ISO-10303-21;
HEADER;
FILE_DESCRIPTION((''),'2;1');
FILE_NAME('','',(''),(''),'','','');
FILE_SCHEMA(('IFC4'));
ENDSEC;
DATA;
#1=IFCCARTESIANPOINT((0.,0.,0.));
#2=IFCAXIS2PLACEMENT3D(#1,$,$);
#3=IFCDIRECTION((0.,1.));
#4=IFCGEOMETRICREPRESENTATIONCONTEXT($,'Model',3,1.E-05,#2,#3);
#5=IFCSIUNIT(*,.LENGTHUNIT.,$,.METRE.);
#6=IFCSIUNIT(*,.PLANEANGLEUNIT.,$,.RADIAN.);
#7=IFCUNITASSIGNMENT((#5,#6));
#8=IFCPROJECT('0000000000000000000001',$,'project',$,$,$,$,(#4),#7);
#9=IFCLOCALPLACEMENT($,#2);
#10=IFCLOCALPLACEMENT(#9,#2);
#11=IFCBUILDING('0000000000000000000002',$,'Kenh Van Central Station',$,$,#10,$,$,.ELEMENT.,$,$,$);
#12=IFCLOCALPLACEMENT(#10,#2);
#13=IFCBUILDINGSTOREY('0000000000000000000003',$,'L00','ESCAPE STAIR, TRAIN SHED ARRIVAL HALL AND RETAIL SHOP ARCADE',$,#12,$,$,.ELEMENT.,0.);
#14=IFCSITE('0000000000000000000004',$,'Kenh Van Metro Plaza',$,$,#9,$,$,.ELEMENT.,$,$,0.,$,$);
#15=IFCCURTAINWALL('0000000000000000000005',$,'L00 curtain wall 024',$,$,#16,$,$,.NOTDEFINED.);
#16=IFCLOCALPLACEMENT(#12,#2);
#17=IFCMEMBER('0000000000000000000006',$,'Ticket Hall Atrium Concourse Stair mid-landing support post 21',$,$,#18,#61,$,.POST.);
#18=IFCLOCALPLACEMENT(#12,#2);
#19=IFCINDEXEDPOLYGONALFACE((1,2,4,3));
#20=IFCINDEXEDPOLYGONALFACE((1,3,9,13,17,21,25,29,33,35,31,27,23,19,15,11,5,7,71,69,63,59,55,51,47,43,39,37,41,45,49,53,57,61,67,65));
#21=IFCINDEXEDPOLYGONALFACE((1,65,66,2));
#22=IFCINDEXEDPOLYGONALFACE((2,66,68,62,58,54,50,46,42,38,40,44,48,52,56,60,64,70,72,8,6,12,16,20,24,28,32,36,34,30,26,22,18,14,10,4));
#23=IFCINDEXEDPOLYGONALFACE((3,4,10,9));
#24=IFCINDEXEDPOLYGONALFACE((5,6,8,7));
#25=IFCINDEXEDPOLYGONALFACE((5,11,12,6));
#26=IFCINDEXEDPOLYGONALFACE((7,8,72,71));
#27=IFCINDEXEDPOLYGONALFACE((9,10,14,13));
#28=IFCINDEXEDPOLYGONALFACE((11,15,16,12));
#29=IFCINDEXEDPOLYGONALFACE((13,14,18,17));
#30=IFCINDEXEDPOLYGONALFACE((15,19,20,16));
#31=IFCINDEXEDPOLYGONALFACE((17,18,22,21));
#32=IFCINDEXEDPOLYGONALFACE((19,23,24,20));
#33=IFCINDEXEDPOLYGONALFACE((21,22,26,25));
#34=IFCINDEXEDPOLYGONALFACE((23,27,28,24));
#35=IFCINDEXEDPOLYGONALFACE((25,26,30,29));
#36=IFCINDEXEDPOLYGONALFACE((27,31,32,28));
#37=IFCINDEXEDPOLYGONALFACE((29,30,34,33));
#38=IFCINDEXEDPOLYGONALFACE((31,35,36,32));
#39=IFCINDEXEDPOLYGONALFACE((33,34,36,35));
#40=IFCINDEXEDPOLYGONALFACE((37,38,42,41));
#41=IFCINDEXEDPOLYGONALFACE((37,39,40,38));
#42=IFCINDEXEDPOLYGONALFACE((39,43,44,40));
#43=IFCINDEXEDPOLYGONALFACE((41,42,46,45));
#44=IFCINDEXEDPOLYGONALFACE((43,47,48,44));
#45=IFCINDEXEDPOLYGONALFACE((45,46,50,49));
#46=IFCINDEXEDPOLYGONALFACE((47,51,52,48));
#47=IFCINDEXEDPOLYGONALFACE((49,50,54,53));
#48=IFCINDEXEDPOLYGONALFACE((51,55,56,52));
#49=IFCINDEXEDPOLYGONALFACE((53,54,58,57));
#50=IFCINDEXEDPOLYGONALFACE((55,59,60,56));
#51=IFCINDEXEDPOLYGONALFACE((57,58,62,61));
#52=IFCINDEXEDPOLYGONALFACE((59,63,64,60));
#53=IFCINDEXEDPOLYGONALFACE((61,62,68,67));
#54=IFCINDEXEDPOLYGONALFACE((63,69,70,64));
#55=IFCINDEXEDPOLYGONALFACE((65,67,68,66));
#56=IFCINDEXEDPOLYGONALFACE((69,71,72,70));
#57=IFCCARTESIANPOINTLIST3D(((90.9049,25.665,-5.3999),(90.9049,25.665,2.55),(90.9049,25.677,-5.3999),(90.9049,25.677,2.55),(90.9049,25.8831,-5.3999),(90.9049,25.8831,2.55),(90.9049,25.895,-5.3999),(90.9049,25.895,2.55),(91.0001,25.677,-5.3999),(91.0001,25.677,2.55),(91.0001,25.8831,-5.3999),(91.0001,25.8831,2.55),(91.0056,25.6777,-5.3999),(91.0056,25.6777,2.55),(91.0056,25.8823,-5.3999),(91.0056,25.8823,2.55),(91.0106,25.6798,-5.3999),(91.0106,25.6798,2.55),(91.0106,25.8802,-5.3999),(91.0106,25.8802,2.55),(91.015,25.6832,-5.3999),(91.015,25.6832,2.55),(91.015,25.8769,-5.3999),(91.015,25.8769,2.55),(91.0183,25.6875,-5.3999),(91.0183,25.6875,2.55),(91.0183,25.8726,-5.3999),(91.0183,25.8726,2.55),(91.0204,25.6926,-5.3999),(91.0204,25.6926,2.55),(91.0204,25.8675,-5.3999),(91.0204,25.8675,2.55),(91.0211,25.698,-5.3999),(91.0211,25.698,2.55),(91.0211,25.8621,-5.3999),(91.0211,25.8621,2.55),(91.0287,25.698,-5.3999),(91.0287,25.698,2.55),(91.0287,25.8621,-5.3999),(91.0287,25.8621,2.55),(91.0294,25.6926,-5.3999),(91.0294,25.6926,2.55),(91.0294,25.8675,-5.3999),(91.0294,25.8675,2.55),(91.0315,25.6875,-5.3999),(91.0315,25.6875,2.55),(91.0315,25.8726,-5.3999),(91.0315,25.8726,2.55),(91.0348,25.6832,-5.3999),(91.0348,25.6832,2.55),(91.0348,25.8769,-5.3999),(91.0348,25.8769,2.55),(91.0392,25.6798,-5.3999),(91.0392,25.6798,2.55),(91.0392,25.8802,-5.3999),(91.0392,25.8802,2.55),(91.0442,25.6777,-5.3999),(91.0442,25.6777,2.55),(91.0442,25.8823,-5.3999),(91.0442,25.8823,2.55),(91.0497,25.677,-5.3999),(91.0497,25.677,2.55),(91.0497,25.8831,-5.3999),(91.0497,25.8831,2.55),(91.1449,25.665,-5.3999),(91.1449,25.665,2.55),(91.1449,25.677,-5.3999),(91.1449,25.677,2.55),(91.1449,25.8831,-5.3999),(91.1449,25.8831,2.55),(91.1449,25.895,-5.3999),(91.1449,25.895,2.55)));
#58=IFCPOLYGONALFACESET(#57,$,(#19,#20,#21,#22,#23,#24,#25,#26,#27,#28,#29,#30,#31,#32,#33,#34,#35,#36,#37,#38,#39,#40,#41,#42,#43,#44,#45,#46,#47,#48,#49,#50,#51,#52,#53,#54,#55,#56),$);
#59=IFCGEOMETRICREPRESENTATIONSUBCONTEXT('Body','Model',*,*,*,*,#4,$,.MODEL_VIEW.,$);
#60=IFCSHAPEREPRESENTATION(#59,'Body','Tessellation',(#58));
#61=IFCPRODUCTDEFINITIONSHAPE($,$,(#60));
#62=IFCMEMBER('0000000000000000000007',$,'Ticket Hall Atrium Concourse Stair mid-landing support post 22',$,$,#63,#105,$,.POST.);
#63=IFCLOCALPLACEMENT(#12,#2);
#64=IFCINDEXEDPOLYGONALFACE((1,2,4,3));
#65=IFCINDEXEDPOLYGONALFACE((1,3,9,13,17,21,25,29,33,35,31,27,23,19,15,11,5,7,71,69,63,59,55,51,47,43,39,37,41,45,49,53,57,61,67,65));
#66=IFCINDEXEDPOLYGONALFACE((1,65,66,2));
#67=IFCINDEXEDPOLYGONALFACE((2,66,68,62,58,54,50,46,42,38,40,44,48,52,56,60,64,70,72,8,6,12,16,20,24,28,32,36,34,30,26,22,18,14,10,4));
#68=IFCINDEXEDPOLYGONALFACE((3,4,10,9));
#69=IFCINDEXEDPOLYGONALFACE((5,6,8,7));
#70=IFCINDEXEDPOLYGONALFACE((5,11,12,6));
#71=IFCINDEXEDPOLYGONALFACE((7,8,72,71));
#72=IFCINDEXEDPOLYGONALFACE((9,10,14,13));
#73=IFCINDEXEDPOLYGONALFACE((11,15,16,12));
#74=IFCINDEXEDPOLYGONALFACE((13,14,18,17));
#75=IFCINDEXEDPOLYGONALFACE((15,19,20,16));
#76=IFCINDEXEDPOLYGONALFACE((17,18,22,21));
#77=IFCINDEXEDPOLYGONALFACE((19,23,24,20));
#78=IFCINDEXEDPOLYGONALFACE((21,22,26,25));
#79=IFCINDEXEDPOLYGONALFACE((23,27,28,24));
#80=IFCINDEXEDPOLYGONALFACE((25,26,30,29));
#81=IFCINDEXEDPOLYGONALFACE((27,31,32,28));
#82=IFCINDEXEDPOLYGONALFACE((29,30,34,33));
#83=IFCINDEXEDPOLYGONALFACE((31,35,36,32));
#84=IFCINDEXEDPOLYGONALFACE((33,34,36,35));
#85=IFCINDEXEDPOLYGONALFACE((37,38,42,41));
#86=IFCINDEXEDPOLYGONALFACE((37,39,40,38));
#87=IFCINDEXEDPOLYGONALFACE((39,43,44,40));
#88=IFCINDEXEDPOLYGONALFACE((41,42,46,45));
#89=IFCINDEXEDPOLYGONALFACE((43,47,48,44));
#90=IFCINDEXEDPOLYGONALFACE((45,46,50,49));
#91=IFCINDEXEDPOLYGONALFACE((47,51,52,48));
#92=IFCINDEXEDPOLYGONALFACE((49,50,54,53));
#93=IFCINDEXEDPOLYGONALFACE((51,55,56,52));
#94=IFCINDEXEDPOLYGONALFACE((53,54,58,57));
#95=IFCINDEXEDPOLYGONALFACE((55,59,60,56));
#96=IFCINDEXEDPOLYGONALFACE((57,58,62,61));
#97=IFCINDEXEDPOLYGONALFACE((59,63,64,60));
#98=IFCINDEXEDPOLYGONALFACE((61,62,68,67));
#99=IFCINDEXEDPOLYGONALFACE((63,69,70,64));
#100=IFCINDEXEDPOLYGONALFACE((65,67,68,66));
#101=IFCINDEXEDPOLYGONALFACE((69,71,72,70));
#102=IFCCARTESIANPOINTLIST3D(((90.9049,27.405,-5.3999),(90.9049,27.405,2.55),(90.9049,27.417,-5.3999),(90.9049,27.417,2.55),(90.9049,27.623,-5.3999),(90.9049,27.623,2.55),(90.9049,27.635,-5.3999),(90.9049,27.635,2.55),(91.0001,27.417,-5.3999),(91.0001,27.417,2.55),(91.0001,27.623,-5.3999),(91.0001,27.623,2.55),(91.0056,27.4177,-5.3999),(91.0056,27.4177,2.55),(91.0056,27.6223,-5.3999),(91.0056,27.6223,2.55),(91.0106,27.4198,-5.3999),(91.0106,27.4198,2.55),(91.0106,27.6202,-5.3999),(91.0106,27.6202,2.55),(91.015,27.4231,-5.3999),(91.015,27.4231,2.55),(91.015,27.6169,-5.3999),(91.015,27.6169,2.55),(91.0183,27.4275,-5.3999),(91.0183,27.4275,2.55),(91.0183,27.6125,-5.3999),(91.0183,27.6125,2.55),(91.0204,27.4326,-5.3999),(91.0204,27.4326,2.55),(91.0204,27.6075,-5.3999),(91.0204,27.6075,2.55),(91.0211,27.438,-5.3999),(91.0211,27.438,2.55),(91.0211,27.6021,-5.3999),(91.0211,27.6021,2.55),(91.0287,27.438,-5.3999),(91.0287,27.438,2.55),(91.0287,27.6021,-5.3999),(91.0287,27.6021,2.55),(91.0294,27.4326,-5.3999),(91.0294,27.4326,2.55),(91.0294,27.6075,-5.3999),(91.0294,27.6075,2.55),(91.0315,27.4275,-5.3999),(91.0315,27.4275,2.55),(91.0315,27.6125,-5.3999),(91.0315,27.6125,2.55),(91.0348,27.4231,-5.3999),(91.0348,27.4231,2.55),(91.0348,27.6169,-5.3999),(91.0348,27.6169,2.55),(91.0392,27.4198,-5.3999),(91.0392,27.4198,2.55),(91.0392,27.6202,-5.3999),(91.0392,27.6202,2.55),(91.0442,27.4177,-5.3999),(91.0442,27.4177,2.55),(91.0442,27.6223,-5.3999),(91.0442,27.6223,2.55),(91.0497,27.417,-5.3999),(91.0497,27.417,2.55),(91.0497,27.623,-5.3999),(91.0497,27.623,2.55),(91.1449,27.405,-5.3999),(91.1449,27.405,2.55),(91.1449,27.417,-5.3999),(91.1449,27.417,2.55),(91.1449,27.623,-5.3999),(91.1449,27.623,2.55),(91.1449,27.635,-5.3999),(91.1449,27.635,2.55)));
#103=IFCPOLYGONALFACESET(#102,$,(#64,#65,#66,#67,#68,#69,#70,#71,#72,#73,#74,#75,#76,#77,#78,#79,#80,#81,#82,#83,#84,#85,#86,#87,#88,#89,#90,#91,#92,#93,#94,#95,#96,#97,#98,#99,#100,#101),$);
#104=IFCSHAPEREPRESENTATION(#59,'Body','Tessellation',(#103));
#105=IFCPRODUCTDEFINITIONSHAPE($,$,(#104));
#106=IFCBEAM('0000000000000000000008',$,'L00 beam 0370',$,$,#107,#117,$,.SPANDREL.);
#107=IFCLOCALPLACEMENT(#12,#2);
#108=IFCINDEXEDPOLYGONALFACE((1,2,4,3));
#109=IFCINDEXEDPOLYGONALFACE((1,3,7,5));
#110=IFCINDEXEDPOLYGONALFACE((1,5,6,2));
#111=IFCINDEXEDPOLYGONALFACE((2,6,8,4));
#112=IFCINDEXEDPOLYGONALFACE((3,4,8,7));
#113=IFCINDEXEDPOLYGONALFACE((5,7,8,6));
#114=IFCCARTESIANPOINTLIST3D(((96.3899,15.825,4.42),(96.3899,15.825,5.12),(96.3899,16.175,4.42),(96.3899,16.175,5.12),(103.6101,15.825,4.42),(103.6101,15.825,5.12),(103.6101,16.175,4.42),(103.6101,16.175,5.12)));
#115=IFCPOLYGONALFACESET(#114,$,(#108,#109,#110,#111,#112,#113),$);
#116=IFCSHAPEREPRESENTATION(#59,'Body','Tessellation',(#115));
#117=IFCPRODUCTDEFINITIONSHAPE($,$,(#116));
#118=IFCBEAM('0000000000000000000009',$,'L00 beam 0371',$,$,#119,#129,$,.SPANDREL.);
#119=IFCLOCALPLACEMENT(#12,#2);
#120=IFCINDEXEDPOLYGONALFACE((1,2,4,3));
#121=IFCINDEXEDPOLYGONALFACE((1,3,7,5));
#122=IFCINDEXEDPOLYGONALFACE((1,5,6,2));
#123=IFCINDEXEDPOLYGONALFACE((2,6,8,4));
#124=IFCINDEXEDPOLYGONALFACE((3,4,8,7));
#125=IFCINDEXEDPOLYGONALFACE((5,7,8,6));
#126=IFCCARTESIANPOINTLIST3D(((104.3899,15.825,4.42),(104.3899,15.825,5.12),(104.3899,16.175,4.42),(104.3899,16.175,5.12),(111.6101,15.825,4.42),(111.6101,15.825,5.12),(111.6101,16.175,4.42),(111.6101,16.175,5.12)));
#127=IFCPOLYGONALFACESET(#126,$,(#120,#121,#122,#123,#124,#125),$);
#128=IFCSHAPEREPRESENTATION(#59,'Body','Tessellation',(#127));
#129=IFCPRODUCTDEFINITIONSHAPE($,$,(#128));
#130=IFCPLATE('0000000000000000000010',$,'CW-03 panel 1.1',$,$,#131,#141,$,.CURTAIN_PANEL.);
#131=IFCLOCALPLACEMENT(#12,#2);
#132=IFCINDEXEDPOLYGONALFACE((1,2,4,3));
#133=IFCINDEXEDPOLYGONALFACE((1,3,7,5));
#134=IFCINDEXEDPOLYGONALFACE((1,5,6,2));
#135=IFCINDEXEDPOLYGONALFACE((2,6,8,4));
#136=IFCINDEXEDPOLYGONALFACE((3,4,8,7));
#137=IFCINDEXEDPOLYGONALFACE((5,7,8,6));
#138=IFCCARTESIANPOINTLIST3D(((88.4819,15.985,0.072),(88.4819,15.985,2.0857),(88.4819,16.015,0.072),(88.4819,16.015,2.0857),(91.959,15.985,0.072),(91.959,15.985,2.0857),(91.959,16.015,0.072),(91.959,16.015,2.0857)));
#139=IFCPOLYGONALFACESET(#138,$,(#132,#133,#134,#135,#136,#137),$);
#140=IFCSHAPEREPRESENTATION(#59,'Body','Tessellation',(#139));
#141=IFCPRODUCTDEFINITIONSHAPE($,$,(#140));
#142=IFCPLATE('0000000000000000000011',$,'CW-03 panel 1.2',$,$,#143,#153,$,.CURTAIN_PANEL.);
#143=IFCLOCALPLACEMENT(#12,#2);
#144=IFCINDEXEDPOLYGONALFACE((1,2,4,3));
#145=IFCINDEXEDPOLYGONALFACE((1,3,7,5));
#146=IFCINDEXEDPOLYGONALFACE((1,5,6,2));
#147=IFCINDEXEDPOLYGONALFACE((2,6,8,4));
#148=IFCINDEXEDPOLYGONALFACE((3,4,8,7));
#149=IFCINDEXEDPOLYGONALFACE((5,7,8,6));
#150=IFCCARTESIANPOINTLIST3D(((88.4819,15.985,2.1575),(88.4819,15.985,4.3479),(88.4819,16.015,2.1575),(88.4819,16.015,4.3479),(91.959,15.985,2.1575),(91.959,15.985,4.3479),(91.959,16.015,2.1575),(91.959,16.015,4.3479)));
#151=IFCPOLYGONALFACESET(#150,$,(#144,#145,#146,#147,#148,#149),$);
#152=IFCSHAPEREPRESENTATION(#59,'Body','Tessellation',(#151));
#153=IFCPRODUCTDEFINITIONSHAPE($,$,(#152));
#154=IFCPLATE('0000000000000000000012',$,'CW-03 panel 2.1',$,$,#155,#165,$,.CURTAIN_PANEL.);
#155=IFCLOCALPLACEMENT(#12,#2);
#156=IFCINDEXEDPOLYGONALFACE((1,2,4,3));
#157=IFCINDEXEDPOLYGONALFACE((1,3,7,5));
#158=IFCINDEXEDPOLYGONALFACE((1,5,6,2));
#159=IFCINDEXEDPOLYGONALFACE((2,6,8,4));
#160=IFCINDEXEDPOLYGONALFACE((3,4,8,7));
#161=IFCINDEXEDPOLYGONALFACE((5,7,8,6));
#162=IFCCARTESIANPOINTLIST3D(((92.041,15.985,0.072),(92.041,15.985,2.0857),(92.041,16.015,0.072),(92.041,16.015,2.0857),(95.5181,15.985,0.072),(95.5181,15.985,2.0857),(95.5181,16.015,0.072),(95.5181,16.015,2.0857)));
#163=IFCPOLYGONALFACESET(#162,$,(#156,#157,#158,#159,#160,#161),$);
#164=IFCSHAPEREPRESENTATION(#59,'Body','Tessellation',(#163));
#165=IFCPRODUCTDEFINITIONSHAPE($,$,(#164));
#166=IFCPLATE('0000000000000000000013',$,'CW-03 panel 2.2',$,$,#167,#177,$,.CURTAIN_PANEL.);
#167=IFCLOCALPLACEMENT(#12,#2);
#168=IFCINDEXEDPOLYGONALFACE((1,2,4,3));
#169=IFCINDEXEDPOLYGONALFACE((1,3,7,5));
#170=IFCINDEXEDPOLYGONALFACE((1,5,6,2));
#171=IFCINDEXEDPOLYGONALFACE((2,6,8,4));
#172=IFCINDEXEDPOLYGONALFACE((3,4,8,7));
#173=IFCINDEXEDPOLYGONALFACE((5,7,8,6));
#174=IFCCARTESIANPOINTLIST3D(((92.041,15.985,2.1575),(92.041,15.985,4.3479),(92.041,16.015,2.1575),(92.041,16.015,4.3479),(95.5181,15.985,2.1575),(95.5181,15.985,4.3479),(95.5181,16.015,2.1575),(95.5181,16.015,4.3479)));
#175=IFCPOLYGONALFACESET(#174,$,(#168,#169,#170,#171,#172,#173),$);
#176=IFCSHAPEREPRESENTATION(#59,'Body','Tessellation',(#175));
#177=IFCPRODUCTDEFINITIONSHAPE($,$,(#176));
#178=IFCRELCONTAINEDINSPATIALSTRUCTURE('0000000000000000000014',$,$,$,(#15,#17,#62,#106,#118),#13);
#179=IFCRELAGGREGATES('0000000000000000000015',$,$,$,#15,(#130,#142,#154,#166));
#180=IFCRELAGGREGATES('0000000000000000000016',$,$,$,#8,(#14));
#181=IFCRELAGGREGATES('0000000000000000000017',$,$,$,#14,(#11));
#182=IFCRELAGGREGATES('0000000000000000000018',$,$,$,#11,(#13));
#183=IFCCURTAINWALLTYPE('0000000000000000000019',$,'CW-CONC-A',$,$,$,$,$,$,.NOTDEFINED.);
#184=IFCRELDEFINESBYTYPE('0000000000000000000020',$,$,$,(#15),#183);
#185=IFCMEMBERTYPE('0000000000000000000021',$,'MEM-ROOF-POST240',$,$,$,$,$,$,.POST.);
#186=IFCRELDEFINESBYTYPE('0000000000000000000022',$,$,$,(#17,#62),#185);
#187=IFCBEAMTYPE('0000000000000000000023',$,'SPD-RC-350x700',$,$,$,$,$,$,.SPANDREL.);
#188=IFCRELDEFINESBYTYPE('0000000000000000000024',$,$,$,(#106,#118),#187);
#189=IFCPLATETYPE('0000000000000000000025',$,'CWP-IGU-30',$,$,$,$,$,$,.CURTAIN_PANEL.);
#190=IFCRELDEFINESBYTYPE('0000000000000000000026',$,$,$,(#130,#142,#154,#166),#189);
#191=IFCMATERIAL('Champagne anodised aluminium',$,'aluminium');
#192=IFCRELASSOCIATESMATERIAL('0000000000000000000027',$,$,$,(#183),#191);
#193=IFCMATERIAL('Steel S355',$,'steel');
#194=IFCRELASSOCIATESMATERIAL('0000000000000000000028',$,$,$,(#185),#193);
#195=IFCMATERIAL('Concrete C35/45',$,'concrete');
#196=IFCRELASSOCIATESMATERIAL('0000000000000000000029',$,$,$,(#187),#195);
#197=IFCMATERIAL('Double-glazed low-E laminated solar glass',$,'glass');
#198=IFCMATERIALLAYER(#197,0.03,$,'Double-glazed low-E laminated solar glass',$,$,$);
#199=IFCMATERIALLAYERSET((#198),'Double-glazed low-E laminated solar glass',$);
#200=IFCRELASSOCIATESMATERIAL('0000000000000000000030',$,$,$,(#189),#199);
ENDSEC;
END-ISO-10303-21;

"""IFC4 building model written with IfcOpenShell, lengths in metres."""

from ifc_helpers import new_model, si_unit, direction, frame, origin, origin_2d, place, context, subcontext, project, spatial, rectangle, i_section, extrude, material, layer, layer_set, material_profile, profile_set, type_object, element, aggregate, save


model = new_model("IFC4")

# Units and contexts
model_context = context("Model", 3, precision=1e-05, world=origin(), true_north=direction((0.0, 1.0)))
body_context = subcontext(model_context, "Body", "Model", "MODEL_VIEW")
ifc_project = project(units=[si_unit("LENGTHUNIT", "METRE"), si_unit("PLANEANGLEUNIT", "RADIAN")], contexts=[model_context])

# Site, building, storey
site_placement = place(None, origin())
site = spatial("IfcSite", under=ifc_project, at=site_placement, Name="Kenh Van Metro Plaza", CompositionType="ELEMENT", RefElevation=0.0)
building_placement = place(site_placement, origin())
building = spatial("IfcBuilding", under=site, at=building_placement, Name="Kenh Van Central Station", CompositionType="ELEMENT")
storey_placement = place(building_placement, origin())
storey = spatial("IfcBuildingStorey", under=building, at=storey_placement, Name="L00", Description="ESCAPE STAIR, TRAIN SHED ARRIVAL HALL AND RETAIL SHOP ARCADE", CompositionType="ELEMENT", Elevation=0.0)

# Shared definitions
ifc_material_1 = material(Name="Concrete C35/45", Category="concrete")

# Curtain wall
ifc_material_2 = material(Name="Champagne anodised aluminium", Category="aluminium")
curtain_wall_type = type_object("IfcCurtainWallType", Name="CW-CONC-A", PredefinedType="NOTDEFINED", material=ifc_material_2)
curtain_wall_placement = place(storey_placement, origin())
curtain_wall = element("IfcCurtainWall", 1, at=curtain_wall_placement, inside=storey, type_object=curtain_wall_type, Name="L00 curtain wall 024", PredefinedType="NOTDEFINED")

# Members
ifc_material_3 = material(Name="Steel S355", Category="steel")
ifc_material_profile_1 = material_profile(ifc_material_3, i_section(OverallWidth=0.24, OverallDepth=0.23, WebThickness=0.0076, FlangeThickness=0.012, FilletRadius=0.021, at=origin_2d()), Name="HEA 240")
ifc_profile_set_1 = profile_set([ifc_material_profile_1], Name="Steel S355")
member_type_1 = type_object("IfcMemberType", Name="MEM-ROOF-POST240", PredefinedType="POST", material=ifc_profile_set_1)
for number, where, z_axis, x_axis, name in (
    (2, (91.0249, 25.78, -5.3999), (0.0, 0.0, 1.0), (1.0, 0.0, 0.0), "Ticket Hall Atrium Concourse Stair mid-landing support post 21"),
    (3, (91.0249, 27.52, -5.3999), (0.0, 0.0, 1.0), (1.0, 0.0, 0.0), "Ticket Hall Atrium Concourse Stair mid-landing support post 22"),
):
    element("IfcMember", number, at=place(storey_placement, frame(where, z_axis=z_axis, x_axis=x_axis)), inside=storey, type_object=member_type_1, Name=name, PredefinedType="POST", context=body_context, shape_type="SweptSolid", body=[
        extrude(i_section(OverallWidth=0.24, OverallDepth=0.23, WebThickness=0.0076, FlangeThickness=0.012, FilletRadius=0.021, at=origin_2d()), origin(), (0.0, 0.0, 1.0), 7.95),
    ])

# Beams
ifc_material_profile_2 = material_profile(ifc_material_1, rectangle(XDim=0.3501, YDim=0.7, at=origin_2d()), Name="RC 350x700")
ifc_profile_set_2 = profile_set([ifc_material_profile_2], Name="Concrete C35/45")
beam_type_1 = type_object("IfcBeamType", Name="SPD-RC-350x700", PredefinedType="SPANDREL", material=ifc_profile_set_2)
for number, where, z_axis, x_axis, name in (
    (4, (96.3899, 16.0, 4.77), (1.0, 0.0, 0.0), (0.0, 1.0, 0.0), "L00 beam 0370"),
    (5, (104.3899, 16.0, 4.77), (1.0, 0.0, 0.0), (0.0, 1.0, 0.0), "L00 beam 0371"),
):
    element("IfcBeam", number, at=place(storey_placement, frame(where, z_axis=z_axis, x_axis=x_axis)), inside=storey, type_object=beam_type_1, Name=name, PredefinedType="SPANDREL", context=body_context, shape_type="SweptSolid", body=[
        extrude(rectangle(XDim=0.3501, YDim=0.7, at=origin_2d()), origin(), (0.0, 0.0, 1.0), 7.2202),
    ])

# Plates
ifc_material_4 = material(Name="Double-glazed low-E laminated solar glass", Category="glass")
ifc_layer_1 = layer(ifc_material_4, 0.03, Name="Double-glazed low-E laminated solar glass")
ifc_layer_set_1 = layer_set([ifc_layer_1], Name="Double-glazed low-E laminated solar glass")
plate_type = type_object("IfcPlateType", Name="CWP-IGU-30", PredefinedType="CURTAIN_PANEL", material=ifc_layer_set_1)
plate_1_placement = place(storey_placement, frame((90.2205, 16.0, 0.072), z_axis=(0.0, 0.0, 1.0), x_axis=(1.0, 0.0, 0.0)))
plate_1 = element("IfcPlate", 6, at=plate_1_placement, type_object=plate_type, Name="CW-03 panel 1.1", PredefinedType="CURTAIN_PANEL", context=body_context, shape_type="SweptSolid", body=[
    extrude(rectangle(XDim=3.4771, YDim=0.03, at=origin_2d()), origin(), (0.0, 0.0, 1.0), 2.0137),
])
plate_2_placement = place(storey_placement, frame((90.2205, 16.0, 2.1575), z_axis=(0.0, 0.0, 1.0), x_axis=(1.0, 0.0, 0.0)))
plate_2 = element("IfcPlate", 7, at=plate_2_placement, type_object=plate_type, Name="CW-03 panel 1.2", PredefinedType="CURTAIN_PANEL", context=body_context, shape_type="SweptSolid", body=[
    extrude(rectangle(XDim=3.4771, YDim=0.03, at=origin_2d()), origin(), (0.0, 0.0, 1.0), 2.1904),
])
plate_3_placement = place(storey_placement, frame((93.7795, 16.0, 0.072), z_axis=(0.0, 0.0, 1.0), x_axis=(1.0, 0.0, 0.0)))
plate_3 = element("IfcPlate", 8, at=plate_3_placement, type_object=plate_type, Name="CW-03 panel 2.1", PredefinedType="CURTAIN_PANEL", context=body_context, shape_type="SweptSolid", body=[
    extrude(rectangle(XDim=3.4771, YDim=0.03, at=origin_2d()), origin(), (0.0, 0.0, 1.0), 2.0137),
])
plate_4_placement = place(storey_placement, frame((93.7795, 16.0, 2.1575), z_axis=(0.0, 0.0, 1.0), x_axis=(1.0, 0.0, 0.0)))
plate_4 = element("IfcPlate", 9, at=plate_4_placement, type_object=plate_type, Name="CW-03 panel 2.2", PredefinedType="CURTAIN_PANEL", context=body_context, shape_type="SweptSolid", body=[
    extrude(rectangle(XDim=3.4771, YDim=0.03, at=origin_2d()), origin(), (0.0, 0.0, 1.0), 2.1904),
])
aggregate(curtain_wall, [plate_1, plate_2, plate_3, plate_4])

save(model, "model.ifc")
